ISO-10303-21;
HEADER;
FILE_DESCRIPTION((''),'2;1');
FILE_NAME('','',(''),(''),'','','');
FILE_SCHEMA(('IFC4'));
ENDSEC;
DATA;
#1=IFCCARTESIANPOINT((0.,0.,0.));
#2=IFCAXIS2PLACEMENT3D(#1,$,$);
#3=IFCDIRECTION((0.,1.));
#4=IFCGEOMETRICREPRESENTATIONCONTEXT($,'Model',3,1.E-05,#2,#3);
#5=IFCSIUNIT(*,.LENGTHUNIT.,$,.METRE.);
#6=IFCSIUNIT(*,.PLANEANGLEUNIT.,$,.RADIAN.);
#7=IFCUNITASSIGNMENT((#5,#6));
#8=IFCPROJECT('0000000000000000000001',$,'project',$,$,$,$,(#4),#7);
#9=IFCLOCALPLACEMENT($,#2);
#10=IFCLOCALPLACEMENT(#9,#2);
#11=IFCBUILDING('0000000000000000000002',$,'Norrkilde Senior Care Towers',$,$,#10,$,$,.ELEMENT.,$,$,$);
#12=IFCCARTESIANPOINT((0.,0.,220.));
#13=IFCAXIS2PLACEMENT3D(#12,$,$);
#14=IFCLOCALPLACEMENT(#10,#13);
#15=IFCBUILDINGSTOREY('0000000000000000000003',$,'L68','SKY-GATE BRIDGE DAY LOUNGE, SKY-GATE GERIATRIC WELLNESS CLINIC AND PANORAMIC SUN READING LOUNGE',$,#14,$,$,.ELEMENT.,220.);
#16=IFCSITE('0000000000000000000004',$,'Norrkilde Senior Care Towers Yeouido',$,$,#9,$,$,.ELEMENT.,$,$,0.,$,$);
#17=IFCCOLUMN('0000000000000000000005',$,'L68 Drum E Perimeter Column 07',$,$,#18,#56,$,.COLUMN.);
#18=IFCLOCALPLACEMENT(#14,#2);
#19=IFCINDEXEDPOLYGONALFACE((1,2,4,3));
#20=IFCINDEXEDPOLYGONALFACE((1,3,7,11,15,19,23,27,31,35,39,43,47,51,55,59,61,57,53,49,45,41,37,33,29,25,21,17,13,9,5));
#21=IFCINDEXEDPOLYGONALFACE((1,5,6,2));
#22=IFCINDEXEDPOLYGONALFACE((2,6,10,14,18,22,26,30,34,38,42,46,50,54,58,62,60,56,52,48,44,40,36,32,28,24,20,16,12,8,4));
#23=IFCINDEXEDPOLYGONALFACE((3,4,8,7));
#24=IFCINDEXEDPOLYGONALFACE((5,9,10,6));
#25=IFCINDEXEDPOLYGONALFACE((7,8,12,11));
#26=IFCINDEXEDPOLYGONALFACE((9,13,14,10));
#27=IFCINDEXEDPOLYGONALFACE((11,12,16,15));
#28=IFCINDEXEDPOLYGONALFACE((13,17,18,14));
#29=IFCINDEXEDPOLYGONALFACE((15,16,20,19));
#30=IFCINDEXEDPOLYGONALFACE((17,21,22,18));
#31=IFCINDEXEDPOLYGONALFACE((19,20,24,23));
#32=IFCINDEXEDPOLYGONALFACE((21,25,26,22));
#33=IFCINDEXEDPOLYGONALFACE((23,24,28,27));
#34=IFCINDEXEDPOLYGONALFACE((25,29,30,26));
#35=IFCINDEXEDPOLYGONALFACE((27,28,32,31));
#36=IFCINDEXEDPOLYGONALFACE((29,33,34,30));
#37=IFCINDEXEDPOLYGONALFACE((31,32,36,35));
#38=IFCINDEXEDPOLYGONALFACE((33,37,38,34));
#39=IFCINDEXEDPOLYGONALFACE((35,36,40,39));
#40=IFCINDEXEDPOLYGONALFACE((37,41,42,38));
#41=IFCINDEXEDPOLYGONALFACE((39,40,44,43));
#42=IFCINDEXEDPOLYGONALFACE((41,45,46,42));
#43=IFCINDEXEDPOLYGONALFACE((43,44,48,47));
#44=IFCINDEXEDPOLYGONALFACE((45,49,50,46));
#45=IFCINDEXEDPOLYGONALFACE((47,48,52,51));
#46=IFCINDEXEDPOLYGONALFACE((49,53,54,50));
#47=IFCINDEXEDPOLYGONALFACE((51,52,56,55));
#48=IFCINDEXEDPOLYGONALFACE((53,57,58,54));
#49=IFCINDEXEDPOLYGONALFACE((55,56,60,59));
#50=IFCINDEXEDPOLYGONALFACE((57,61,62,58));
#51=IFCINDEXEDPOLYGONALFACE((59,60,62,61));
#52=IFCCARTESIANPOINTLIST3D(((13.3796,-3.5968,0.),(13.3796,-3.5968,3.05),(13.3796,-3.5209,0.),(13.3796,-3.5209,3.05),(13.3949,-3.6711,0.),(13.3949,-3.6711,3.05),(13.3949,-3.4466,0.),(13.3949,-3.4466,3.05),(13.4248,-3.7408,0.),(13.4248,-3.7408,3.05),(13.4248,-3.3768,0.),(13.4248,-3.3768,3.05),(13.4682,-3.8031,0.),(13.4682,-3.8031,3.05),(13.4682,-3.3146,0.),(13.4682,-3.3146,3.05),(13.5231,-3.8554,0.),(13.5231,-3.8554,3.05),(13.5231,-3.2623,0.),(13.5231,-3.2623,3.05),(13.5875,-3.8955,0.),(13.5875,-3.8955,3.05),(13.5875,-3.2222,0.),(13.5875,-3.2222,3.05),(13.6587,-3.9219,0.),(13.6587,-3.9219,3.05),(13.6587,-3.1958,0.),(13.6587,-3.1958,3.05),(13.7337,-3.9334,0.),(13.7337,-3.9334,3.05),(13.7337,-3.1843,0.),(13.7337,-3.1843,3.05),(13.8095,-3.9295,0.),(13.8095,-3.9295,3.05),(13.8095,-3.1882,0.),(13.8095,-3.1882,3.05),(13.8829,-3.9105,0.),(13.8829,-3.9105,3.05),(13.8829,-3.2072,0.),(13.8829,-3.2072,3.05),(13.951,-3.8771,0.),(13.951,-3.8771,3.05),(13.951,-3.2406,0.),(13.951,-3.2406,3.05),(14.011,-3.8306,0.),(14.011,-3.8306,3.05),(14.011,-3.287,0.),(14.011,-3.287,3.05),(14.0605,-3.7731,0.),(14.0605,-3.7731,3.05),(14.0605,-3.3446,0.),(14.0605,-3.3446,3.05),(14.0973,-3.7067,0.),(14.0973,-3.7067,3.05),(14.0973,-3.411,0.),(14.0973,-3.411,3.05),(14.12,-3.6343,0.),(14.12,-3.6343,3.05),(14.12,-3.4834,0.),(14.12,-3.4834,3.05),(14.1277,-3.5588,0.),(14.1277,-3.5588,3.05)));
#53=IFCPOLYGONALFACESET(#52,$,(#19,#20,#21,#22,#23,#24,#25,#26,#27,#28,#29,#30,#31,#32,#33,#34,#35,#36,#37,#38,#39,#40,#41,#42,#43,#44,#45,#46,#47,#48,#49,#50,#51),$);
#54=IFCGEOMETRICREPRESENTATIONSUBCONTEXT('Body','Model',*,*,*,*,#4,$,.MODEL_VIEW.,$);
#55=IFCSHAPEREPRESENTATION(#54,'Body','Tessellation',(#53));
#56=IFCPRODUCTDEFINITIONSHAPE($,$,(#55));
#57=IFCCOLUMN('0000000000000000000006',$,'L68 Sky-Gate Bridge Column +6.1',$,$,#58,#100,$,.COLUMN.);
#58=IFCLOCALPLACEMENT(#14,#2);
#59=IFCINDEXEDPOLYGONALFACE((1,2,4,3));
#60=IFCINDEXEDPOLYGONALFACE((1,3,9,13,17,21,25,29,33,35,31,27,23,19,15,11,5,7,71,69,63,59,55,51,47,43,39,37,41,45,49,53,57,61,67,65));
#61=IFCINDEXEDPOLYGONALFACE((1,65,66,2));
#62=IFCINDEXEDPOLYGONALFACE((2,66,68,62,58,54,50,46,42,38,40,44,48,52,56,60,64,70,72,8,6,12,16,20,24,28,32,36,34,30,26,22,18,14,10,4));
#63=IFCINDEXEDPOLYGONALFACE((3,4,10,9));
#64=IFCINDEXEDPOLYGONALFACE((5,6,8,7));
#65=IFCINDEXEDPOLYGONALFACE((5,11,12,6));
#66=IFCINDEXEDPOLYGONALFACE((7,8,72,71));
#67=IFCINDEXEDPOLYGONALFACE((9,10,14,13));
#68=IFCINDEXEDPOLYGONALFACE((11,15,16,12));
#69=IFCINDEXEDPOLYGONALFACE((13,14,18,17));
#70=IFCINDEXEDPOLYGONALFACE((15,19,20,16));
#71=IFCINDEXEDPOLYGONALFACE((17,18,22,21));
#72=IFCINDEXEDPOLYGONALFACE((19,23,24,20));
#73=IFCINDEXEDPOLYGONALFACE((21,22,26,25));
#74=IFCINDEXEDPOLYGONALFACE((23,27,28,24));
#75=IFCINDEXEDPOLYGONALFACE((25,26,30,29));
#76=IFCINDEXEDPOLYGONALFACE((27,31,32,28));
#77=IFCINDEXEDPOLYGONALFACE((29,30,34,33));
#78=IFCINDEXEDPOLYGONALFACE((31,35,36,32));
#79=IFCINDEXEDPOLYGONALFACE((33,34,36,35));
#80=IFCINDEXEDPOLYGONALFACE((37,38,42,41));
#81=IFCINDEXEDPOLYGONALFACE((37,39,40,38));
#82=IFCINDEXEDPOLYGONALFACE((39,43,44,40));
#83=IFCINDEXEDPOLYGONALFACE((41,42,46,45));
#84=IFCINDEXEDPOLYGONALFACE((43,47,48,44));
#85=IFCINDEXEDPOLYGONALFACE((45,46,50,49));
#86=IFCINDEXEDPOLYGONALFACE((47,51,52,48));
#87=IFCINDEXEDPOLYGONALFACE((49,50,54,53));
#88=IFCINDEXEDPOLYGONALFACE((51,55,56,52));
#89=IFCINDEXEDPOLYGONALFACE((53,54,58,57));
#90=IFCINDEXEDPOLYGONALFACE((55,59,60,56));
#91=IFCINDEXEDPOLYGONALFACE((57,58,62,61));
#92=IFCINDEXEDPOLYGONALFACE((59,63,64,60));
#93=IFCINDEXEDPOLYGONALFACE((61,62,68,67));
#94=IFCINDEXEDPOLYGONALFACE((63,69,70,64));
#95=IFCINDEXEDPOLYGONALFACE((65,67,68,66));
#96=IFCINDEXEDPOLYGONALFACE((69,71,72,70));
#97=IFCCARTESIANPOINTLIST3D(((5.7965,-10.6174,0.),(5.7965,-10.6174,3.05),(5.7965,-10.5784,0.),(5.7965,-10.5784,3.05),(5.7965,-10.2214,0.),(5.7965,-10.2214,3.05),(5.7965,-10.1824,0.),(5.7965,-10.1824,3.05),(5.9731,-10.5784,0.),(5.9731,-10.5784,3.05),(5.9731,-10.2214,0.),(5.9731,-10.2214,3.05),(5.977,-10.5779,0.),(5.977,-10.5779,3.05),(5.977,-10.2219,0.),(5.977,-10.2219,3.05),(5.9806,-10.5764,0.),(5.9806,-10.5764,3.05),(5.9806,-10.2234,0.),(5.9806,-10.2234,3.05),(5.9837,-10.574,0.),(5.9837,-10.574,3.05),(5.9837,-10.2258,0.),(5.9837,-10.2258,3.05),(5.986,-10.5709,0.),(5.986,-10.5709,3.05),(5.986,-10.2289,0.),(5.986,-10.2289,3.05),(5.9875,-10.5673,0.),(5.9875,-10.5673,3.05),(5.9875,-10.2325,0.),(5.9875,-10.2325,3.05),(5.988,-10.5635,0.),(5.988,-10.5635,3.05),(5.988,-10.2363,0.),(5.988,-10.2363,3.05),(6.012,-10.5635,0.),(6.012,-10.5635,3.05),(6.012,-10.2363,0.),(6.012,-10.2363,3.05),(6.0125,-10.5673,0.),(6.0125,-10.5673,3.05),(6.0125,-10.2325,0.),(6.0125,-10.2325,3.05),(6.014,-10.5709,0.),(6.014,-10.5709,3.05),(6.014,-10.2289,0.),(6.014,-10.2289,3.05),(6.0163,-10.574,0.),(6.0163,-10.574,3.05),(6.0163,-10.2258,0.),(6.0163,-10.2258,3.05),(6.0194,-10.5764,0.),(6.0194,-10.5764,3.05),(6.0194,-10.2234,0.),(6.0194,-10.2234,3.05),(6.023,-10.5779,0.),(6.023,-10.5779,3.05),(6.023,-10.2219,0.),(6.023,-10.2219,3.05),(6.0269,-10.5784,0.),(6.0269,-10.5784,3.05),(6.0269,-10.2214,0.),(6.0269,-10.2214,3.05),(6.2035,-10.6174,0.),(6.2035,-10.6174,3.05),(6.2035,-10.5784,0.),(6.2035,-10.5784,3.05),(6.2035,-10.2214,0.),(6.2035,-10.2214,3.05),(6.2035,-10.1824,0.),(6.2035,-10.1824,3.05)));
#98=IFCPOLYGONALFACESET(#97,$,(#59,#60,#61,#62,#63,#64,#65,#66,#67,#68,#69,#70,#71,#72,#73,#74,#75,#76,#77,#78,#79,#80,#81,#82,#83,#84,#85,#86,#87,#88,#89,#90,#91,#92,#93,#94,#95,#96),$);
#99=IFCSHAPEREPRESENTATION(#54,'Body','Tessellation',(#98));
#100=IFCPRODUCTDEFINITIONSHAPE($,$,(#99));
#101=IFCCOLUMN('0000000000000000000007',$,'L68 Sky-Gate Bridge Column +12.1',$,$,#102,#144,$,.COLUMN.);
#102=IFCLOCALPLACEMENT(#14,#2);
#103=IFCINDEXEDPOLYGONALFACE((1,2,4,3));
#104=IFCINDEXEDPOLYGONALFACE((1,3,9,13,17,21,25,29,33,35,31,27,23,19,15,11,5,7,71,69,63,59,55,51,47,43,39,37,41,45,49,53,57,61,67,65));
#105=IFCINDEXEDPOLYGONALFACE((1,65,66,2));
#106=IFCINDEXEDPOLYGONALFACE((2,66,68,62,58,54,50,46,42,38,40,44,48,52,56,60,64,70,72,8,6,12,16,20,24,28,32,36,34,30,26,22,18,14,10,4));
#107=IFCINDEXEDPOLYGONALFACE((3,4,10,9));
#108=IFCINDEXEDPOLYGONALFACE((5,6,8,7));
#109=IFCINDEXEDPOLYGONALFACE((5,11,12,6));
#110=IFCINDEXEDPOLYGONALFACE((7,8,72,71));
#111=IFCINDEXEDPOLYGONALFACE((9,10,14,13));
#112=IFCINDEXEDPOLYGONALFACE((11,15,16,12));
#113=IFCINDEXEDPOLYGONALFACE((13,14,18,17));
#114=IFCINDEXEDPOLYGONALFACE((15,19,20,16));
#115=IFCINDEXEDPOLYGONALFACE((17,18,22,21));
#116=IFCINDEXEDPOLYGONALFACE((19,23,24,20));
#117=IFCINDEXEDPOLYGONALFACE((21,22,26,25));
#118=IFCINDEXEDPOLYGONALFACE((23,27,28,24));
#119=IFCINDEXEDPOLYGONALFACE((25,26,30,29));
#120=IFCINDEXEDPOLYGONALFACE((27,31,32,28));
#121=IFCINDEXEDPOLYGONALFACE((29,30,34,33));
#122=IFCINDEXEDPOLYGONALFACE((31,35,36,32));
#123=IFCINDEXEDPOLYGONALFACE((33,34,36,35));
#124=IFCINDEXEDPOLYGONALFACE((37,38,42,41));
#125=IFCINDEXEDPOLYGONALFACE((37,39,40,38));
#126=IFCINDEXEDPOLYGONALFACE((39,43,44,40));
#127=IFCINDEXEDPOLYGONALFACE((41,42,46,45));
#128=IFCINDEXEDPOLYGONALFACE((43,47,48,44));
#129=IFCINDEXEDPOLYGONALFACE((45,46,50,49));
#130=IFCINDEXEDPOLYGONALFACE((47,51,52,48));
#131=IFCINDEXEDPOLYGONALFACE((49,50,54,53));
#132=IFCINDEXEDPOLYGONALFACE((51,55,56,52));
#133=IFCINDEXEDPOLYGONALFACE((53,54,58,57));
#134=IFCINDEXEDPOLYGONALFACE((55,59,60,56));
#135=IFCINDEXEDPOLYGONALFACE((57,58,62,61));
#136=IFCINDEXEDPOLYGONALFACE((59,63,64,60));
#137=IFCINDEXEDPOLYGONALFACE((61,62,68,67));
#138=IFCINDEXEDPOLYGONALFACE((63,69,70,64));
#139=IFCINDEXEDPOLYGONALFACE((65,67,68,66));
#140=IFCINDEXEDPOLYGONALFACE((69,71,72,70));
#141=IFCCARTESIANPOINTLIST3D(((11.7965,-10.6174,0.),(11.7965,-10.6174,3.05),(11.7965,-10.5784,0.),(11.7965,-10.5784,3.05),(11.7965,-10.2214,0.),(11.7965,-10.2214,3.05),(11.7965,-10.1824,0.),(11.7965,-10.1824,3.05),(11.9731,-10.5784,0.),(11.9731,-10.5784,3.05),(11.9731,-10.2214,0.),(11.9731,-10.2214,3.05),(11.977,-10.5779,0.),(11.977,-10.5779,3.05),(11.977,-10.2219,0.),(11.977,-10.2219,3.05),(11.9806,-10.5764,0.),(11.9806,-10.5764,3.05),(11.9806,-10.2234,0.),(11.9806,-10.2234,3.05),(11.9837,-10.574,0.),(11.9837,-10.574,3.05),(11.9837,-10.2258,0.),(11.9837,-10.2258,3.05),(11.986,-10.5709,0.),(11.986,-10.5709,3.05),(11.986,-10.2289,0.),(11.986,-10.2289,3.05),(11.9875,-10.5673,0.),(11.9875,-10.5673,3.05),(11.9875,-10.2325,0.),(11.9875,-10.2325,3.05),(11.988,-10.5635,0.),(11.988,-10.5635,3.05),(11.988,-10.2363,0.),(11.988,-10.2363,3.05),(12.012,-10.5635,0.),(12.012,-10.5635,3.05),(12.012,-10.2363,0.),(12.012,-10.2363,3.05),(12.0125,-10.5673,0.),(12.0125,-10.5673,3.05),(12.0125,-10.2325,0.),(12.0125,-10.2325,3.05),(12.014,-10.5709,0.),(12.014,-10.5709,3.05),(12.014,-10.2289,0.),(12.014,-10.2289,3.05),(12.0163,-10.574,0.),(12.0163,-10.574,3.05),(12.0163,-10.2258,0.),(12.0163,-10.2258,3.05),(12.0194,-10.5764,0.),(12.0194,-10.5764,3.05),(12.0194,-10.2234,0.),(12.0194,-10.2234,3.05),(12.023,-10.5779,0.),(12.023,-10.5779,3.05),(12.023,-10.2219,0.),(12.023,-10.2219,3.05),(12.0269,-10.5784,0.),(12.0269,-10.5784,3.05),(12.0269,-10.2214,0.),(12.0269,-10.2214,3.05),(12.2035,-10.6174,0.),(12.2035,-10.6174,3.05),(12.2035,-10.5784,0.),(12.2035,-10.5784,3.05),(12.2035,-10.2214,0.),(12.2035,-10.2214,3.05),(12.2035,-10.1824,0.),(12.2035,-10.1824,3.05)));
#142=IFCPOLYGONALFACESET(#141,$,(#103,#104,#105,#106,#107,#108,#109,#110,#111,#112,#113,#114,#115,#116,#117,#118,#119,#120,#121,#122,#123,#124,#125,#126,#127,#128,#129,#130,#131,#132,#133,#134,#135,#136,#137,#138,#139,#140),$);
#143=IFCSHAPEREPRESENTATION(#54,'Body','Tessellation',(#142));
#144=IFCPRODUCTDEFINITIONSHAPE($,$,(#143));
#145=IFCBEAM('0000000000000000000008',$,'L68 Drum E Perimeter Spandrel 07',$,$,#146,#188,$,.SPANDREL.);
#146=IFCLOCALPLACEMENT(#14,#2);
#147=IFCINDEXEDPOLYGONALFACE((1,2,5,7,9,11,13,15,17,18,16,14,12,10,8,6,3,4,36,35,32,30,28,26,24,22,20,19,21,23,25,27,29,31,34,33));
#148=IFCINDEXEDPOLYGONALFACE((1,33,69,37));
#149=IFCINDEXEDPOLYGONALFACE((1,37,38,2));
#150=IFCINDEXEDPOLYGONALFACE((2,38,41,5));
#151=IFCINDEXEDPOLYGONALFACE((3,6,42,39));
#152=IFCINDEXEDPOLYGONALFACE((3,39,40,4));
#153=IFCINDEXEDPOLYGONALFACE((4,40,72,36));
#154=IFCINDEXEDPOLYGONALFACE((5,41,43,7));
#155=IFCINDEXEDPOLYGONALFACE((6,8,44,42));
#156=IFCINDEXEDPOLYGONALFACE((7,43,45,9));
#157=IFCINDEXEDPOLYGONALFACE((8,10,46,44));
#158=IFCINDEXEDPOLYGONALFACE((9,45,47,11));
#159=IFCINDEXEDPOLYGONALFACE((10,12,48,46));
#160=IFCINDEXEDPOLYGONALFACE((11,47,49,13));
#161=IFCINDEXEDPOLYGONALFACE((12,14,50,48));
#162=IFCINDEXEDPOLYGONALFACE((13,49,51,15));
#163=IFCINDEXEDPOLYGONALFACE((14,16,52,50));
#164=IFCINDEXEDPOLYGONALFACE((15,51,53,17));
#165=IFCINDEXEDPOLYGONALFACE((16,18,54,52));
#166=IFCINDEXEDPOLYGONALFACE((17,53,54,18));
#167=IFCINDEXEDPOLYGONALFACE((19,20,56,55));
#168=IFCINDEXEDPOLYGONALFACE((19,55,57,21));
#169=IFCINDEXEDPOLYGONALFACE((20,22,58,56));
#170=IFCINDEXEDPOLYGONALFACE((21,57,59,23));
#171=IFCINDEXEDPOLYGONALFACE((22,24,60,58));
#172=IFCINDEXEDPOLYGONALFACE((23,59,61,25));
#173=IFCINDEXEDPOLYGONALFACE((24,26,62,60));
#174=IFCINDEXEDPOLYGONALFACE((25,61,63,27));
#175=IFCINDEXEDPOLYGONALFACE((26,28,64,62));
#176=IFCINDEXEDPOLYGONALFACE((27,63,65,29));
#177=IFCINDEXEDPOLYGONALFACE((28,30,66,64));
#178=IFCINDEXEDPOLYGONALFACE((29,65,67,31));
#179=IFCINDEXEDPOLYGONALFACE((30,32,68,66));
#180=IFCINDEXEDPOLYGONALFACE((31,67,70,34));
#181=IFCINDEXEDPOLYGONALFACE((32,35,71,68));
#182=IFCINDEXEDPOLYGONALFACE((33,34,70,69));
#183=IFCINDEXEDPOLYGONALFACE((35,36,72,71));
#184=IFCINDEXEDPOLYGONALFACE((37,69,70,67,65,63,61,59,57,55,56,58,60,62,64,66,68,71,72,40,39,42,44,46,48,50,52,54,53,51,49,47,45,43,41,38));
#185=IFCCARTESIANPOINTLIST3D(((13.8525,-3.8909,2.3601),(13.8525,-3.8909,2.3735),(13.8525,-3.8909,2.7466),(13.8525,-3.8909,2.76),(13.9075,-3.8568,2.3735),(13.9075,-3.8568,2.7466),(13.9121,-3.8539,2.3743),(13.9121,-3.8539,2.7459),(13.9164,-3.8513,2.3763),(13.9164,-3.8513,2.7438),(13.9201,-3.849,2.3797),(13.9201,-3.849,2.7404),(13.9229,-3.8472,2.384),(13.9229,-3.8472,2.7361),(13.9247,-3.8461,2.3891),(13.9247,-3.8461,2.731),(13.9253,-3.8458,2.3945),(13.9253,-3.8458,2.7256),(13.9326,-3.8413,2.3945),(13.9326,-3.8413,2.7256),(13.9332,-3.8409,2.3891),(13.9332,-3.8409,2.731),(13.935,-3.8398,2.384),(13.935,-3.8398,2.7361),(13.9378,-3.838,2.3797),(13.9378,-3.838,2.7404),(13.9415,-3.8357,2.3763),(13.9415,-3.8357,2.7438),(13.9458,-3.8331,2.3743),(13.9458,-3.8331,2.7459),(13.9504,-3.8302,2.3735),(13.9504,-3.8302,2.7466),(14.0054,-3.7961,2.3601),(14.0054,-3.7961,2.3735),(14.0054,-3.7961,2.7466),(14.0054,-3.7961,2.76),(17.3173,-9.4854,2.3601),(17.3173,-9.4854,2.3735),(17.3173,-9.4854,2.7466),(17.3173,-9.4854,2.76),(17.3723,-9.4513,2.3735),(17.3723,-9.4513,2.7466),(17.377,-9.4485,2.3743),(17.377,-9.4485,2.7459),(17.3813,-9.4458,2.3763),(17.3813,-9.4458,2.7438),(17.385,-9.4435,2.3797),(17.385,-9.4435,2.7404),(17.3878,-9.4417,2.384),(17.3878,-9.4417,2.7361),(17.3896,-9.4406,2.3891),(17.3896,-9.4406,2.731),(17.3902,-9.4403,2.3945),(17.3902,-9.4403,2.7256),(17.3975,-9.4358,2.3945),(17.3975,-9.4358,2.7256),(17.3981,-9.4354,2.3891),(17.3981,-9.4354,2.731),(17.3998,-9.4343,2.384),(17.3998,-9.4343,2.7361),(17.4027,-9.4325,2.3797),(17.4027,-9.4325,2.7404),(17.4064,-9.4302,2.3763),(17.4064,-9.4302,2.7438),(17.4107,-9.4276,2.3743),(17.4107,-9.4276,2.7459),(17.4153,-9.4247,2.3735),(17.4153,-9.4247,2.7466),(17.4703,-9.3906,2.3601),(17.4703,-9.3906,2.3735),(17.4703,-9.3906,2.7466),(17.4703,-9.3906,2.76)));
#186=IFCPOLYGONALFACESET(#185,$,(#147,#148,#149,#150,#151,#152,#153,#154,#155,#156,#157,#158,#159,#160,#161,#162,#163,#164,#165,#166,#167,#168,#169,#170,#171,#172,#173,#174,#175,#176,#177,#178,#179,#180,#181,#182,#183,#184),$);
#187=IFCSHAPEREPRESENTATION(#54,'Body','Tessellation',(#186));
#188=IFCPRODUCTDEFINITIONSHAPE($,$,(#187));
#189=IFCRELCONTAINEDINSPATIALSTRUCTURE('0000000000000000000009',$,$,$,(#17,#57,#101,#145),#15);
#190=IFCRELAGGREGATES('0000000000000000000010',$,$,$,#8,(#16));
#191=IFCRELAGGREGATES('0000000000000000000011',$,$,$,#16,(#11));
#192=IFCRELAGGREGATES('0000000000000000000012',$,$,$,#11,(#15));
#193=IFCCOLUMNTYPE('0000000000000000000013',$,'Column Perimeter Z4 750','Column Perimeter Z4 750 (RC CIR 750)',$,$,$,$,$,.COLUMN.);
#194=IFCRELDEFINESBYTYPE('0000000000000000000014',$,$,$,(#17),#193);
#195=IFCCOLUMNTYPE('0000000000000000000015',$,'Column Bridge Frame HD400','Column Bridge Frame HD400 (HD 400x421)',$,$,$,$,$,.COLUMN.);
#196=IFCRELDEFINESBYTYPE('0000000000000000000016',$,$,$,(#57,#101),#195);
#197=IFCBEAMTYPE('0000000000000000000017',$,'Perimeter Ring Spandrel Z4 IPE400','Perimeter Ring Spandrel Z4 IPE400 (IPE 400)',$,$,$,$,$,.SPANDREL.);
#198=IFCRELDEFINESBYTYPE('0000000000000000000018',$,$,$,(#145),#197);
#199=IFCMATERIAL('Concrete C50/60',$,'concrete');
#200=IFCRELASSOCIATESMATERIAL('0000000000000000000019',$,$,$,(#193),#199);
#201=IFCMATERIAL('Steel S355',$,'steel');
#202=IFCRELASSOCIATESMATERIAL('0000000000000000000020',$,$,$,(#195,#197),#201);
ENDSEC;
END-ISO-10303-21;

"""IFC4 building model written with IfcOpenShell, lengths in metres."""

from ifc_helpers import new_model, si_unit, direction, frame, origin, origin_2d, place, context, subcontext, project, spatial, circle, i_section, extrude, source, transform, mapped, material, material_profile, profile_set, type_object, type_shapes, element, save


model = new_model("IFC4")

# Units and contexts
model_context = context("Model", 3, precision=1e-05, world=origin(), true_north=direction((0.0, 1.0)))
body_context = subcontext(model_context, "Body", "Model", "MODEL_VIEW")
ifc_project = project(units=[si_unit("LENGTHUNIT", "METRE"), si_unit("PLANEANGLEUNIT", "RADIAN")], contexts=[model_context])

# Site, building, storey
site_placement = place(None, origin())
site = spatial("IfcSite", under=ifc_project, at=site_placement, Name="Norrkilde Senior Care Towers Yeouido", CompositionType="ELEMENT", RefElevation=0.0)
building_placement = place(site_placement, origin())
building = spatial("IfcBuilding", under=site, at=building_placement, Name="Norrkilde Senior Care Towers", CompositionType="ELEMENT")
storey_placement = place(building_placement, frame((0.0, 0.0, 220.0)))
storey = spatial("IfcBuildingStorey", under=building, at=storey_placement, Name="L68", Description="SKY-GATE BRIDGE DAY LOUNGE, SKY-GATE GERIATRIC WELLNESS CLINIC AND PANORAMIC SUN READING LOUNGE", CompositionType="ELEMENT", Elevation=220.0)

# Columns
ifc_material_1 = material(Name="Concrete C50/60", Category="concrete")
ifc_material_profile_1 = material_profile(ifc_material_1, circle(Radius=0.375, at=origin_2d()), Name="RC CIR 750")
ifc_profile_set_1 = profile_set([ifc_material_profile_1], Name="Concrete C50/60")
column_type_1 = type_object("IfcColumnType", Name="Column Perimeter Z4 750", Description="Column Perimeter Z4 750 (RC CIR 750)", PredefinedType="COLUMN", material=ifc_profile_set_1)
shared_shape_1 = source(origin(), body_context, "Body", "SweptSolid", [
    extrude(circle(Radius=0.375, at=origin_2d()), origin(), (0.0, 0.0, 1.0), 3.05),
])
type_shapes(column_type_1, [shared_shape_1])
column_placement = place(storey_placement, frame((13.7527, -3.5588, 0.0), z_axis=(0.0, 0.0, 1.0), x_axis=(1.0, 0.0, 0.0)))
element("IfcColumn", 1, at=column_placement, inside=storey, type_object=column_type_1, Name="L68 Drum E Perimeter Column 07", PredefinedType="COLUMN", context=body_context, shape_type="MappedRepresentation", body=[
    mapped(shared_shape_1, transform((0.0, 0.0, 0.0), x_axis=(1.0, 0.0, 0.0), y_axis=(0.0, 1.0, 0.0), z_axis=(0.0, 0.0, 1.0), scale=1.0)),
])
ifc_material_2 = material(Name="Steel S355", Category="steel")
ifc_material_profile_2 = material_profile(ifc_material_2, i_section(OverallWidth=0.407, OverallDepth=0.4351, WebThickness=0.0239, FlangeThickness=0.0391, FilletRadius=0.0149, at=origin_2d()), Name="HD 400x421")
ifc_profile_set_2 = profile_set([ifc_material_profile_2], Name="Steel S355")
column_type_2 = type_object("IfcColumnType", Name="Column Bridge Frame HD400", Description="Column Bridge Frame HD400 (HD 400x421)", PredefinedType="COLUMN", material=ifc_profile_set_2)
shared_shape_2 = source(origin(), body_context, "Body", "SweptSolid", [
    extrude(i_section(OverallWidth=0.407, OverallDepth=0.4351, WebThickness=0.0239, FlangeThickness=0.0391, FilletRadius=0.0149, at=origin_2d()), origin(), (0.0, 0.0, 1.0), 3.05),
])
type_shapes(column_type_2, [shared_shape_2])
for number, where, z_axis, x_axis, name in (
    (2, (6.0, -10.3999, 0.0), (0.0, 0.0, 1.0), (1.0, 0.0, 0.0), "L68 Sky-Gate Bridge Column +6.1"),
    (3, (12.0, -10.3999, 0.0), (0.0, 0.0, 1.0), (1.0, 0.0, 0.0), "L68 Sky-Gate Bridge Column +12.1"),
):
    element("IfcColumn", number, at=place(storey_placement, frame(where, z_axis=z_axis, x_axis=x_axis)), inside=storey, type_object=column_type_2, Name=name, PredefinedType="COLUMN", context=body_context, shape_type="MappedRepresentation", body=[
        mapped(shared_shape_2, transform((0.0, 0.0, 0.0), x_axis=(1.0, 0.0, 0.0), y_axis=(0.0, 1.0, 0.0), z_axis=(0.0, 0.0, 1.0), scale=1.0)),
    ])

# Beam
ifc_material_profile_3 = material_profile(ifc_material_2, i_section(OverallWidth=0.1799, OverallDepth=0.3999, WebThickness=0.0085, FlangeThickness=0.0134, FilletRadius=0.021, at=origin_2d()), Name="IPE 400")
ifc_profile_set_3 = profile_set([ifc_material_profile_3], Name="Steel S355")
beam_type_1 = type_object("IfcBeamType", Name="Perimeter Ring Spandrel Z4 IPE400", Description="Perimeter Ring Spandrel Z4 IPE400 (IPE 400)", PredefinedType="SPANDREL", material=ifc_profile_set_3)
shared_shape_3 = source(origin(), body_context, "Body", "SweptSolid", [
    extrude(i_section(OverallWidth=0.1799, OverallDepth=0.3999, WebThickness=0.0085, FlangeThickness=0.0134, FilletRadius=0.021, at=origin_2d()), origin(), (0.0, 0.0, 1.0), 6.5806),
])
type_shapes(beam_type_1, [shared_shape_3])
beam_1_placement = place(storey_placement, frame((13.929, -3.8435, 2.5601), z_axis=(0.52653, -0.850157, 0.0), x_axis=(0.850157, 0.52653, 0.0)))
element("IfcBeam", 4, at=beam_1_placement, inside=storey, type_object=beam_type_1, Name="L68 Drum E Perimeter Spandrel 07", PredefinedType="SPANDREL", context=body_context, shape_type="MappedRepresentation", body=[
    mapped(shared_shape_3, transform((0.0, 0.0, 0.0), x_axis=(1.0, 0.0, 0.0), y_axis=(0.0, 1.0, 0.0), z_axis=(0.0, 0.0, 1.0), scale=1.0)),
])

save(model, "model.ifc")
